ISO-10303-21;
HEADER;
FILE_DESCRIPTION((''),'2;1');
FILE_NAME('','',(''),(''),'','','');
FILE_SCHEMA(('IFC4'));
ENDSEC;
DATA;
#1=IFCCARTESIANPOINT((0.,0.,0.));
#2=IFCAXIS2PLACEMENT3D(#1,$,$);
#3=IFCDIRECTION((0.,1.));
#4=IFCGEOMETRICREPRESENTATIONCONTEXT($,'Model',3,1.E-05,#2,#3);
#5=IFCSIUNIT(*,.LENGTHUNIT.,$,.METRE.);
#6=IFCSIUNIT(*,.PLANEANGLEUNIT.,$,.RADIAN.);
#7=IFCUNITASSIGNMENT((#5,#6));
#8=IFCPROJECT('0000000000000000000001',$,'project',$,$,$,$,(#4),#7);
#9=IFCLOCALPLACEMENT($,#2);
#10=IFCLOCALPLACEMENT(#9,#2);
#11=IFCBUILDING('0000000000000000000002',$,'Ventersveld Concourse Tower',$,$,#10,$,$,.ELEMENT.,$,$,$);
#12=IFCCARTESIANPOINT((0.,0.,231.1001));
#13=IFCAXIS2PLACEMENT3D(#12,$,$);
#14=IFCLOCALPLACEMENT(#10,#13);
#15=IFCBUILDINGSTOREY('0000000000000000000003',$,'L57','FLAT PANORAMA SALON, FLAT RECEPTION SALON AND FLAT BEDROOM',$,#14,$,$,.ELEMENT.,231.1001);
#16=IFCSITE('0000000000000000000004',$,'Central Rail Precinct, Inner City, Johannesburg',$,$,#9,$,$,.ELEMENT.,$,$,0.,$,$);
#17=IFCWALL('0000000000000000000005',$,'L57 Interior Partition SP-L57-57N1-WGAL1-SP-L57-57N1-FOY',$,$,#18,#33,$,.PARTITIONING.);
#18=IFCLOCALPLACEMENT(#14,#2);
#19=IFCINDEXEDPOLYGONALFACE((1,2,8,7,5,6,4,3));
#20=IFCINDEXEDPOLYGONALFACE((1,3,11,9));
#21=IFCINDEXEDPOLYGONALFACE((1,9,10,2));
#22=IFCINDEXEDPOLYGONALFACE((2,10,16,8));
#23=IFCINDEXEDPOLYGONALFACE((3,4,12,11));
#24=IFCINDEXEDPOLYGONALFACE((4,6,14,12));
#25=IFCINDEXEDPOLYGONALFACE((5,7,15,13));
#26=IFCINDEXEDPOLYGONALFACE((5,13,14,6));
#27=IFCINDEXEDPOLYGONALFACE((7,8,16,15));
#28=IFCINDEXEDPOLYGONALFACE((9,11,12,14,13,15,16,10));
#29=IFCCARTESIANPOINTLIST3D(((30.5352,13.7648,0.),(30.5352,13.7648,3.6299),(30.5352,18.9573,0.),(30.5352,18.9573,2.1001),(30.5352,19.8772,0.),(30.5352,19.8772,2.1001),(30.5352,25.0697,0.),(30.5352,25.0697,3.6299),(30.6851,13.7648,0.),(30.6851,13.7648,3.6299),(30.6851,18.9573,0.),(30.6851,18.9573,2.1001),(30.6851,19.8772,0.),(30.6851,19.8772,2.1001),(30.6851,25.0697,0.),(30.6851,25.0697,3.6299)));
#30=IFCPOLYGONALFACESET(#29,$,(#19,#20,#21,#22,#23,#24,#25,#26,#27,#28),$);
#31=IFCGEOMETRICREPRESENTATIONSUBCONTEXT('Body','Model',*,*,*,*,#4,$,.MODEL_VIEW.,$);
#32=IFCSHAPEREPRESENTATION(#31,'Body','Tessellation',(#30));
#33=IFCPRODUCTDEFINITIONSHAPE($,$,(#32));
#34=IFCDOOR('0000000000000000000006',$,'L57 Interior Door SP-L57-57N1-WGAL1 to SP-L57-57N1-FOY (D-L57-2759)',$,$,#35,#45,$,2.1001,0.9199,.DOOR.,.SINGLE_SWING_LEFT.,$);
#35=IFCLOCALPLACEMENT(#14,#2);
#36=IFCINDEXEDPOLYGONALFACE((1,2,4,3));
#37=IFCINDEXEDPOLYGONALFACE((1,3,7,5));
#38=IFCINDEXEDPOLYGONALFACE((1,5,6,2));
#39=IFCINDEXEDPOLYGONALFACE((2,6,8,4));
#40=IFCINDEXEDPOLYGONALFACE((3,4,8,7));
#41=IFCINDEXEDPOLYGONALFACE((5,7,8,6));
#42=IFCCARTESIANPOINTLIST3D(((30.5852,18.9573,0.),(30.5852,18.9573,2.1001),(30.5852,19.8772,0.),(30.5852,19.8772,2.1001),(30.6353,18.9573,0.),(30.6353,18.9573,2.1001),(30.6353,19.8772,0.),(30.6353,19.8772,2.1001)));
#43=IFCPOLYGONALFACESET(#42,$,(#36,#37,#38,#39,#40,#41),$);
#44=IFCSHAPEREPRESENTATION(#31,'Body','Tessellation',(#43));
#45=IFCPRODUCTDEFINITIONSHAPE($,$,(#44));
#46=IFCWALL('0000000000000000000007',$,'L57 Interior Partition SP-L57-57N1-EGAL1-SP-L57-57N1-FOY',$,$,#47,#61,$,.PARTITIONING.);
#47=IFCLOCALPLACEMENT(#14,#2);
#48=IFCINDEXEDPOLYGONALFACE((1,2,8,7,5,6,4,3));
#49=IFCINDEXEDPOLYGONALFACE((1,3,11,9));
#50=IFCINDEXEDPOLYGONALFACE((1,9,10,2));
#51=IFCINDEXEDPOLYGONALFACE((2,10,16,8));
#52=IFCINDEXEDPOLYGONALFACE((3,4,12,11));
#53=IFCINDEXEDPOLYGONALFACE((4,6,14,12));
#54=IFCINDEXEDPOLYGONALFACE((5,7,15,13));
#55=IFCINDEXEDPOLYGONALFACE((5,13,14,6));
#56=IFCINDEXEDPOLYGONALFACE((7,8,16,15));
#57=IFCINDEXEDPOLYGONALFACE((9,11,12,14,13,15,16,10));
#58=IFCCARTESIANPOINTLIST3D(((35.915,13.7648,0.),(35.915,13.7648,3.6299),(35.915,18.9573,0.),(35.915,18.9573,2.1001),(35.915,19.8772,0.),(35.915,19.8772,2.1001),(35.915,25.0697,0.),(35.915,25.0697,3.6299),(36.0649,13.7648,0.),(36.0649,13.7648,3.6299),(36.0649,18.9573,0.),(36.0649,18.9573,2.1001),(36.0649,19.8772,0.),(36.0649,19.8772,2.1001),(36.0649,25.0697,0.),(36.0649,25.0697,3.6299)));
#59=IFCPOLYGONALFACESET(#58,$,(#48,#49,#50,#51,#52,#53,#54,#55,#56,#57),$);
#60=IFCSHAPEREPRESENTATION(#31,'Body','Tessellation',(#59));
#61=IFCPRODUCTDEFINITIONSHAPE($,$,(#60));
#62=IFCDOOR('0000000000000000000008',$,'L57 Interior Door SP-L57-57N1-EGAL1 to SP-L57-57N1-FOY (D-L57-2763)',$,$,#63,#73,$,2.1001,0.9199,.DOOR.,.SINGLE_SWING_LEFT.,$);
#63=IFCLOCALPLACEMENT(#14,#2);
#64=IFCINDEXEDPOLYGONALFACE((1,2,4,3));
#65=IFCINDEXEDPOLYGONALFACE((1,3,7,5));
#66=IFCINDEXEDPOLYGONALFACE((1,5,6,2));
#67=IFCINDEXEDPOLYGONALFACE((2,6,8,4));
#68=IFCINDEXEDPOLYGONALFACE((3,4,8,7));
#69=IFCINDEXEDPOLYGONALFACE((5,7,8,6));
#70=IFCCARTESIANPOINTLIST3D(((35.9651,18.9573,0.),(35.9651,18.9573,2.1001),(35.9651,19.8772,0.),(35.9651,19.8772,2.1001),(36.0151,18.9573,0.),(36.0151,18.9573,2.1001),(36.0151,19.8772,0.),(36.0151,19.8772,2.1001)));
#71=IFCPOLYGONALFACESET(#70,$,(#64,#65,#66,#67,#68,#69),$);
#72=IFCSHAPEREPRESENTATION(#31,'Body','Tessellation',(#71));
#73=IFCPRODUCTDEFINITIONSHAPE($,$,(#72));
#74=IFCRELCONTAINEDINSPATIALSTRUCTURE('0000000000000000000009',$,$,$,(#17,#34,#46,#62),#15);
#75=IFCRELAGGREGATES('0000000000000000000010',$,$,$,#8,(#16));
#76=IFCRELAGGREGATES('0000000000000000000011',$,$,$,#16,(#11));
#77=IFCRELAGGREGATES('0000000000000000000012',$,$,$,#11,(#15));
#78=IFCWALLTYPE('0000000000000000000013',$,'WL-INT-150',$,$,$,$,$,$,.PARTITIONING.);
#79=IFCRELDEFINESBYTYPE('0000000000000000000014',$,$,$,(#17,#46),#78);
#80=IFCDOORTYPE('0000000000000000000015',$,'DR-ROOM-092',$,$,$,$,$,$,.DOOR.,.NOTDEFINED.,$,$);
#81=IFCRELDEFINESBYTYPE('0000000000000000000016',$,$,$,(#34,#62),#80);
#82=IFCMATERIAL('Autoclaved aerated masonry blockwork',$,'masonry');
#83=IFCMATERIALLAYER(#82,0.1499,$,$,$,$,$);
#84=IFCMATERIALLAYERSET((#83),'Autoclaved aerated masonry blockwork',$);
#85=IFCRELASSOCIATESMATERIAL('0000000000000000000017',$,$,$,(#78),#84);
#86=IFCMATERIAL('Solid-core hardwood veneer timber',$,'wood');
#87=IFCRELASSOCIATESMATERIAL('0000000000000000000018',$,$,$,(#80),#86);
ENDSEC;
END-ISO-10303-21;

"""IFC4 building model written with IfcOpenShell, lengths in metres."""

from ifc_helpers import new_model, si_unit, direction, frame, frame_2d, origin, place, context, subcontext, project, spatial, rectangle, extrude, material, layer, layer_set, type_object, element, fill, save


model = new_model("IFC4")

# Units and contexts
model_context = context("Model", 3, precision=1e-05, world=origin(), true_north=direction((0.0, 1.0)))
body_context = subcontext(model_context, "Body", "Model", "MODEL_VIEW")
ifc_project = project(units=[si_unit("LENGTHUNIT", "METRE"), si_unit("PLANEANGLEUNIT", "RADIAN")], contexts=[model_context])

# Site, building, storey
site_placement = place(None, origin())
site = spatial("IfcSite", under=ifc_project, at=site_placement, Name="Central Rail Precinct, Inner City, Johannesburg", CompositionType="ELEMENT", RefElevation=0.0)
building_placement = place(site_placement, origin())
building = spatial("IfcBuilding", under=site, at=building_placement, Name="Ventersveld Concourse Tower", CompositionType="ELEMENT")
storey_placement = place(building_placement, frame((0.0, 0.0, 231.1001)))
storey = spatial("IfcBuildingStorey", under=building, at=storey_placement, Name="L57", Description="FLAT PANORAMA SALON, FLAT RECEPTION SALON AND FLAT BEDROOM", CompositionType="ELEMENT", Elevation=231.1001)

# Walls, openings, doors
ifc_material_1 = material(Name="Solid-core hardwood veneer timber", Category="wood")
ifc_material_2 = material(Name="Autoclaved aerated masonry blockwork", Category="masonry")
ifc_layer_1 = layer(ifc_material_2, 0.1499)
ifc_layer_set_1 = layer_set([ifc_layer_1], Name="Autoclaved aerated masonry blockwork")
wall_type_1 = type_object("IfcWallType", Name="WL-INT-150", PredefinedType="PARTITIONING", material=ifc_layer_set_1)
wall_1_placement = place(storey_placement, frame((30.6101, 13.7649, 0.0), z_axis=(0.0, 0.0, 1.0), x_axis=(0.0, 1.0, 0.0)))
wall_1 = element("IfcWall", 1, at=wall_1_placement, inside=storey, type_object=wall_type_1, Name="L57 Interior Partition SP-L57-57N1-WGAL1-SP-L57-57N1-FOY", PredefinedType="PARTITIONING", context=body_context, shape_type="SweptSolid", body=[
    extrude(rectangle(XDim=11.3049, YDim=0.1499, at=frame_2d((5.6523, 0.0))), origin(), (0.0, 0.0, 1.0), 3.6299),
])
opening_1_placement = place(wall_1_placement, frame((5.1924, 0.0, 0.0)))
opening_1 = element("IfcOpeningElement", 2, at=opening_1_placement, cuts=wall_1, PredefinedType="OPENING", context=body_context, shape_type="SweptSolid", body=[
    extrude(rectangle(XDim=0.9199, YDim=2.1001, at=frame_2d((0.46, 1.05))), frame((0.0, 0.085, 0.0), z_axis=(0.0, -1.0, 0.0), x_axis=(1.0, 0.0, 0.0)), (0.0, 0.0, 1.0), 0.1699),
])
door_type_1 = type_object("IfcDoorType", Name="DR-ROOM-092", OperationType="NOTDEFINED", PredefinedType="DOOR", material=ifc_material_1)
door_1_placement = place(opening_1_placement, origin())
door_1 = element("IfcDoor", 3, at=door_1_placement, inside=storey, type_object=door_type_1, Name="L57 Interior Door SP-L57-57N1-WGAL1 to SP-L57-57N1-FOY (D-L57-2759)", OperationType="SINGLE_SWING_LEFT", OverallHeight=2.1001, OverallWidth=0.9199, PredefinedType="DOOR", context=body_context, shape_type="SweptSolid", body=[
    extrude(rectangle(XDim=0.9199, YDim=2.1001, at=frame_2d((0.46, 1.05))), frame((0.0, 0.0249, 0.0), z_axis=(0.0, -1.0, 0.0), x_axis=(1.0, 0.0, 0.0)), (0.0, 0.0, 1.0), 0.05),
])
fill(opening_1, door_1)
wall_2_placement = place(storey_placement, frame((35.99, 13.7649, 0.0), z_axis=(0.0, 0.0, 1.0), x_axis=(0.0, 1.0, 0.0)))
wall_2 = element("IfcWall", 4, at=wall_2_placement, inside=storey, type_object=wall_type_1, Name="L57 Interior Partition SP-L57-57N1-EGAL1-SP-L57-57N1-FOY", PredefinedType="PARTITIONING", context=body_context, shape_type="SweptSolid", body=[
    extrude(rectangle(XDim=11.3049, YDim=0.1499, at=frame_2d((5.6523, 0.0))), origin(), (0.0, 0.0, 1.0), 3.6299),
])
opening_2_placement = place(wall_2_placement, frame((5.1924, 0.0, 0.0)))
opening_2 = element("IfcOpeningElement", 5, at=opening_2_placement, cuts=wall_2, PredefinedType="OPENING", context=body_context, shape_type="SweptSolid", body=[
    extrude(rectangle(XDim=0.9199, YDim=2.1001, at=frame_2d((0.46, 1.05))), frame((0.0, 0.085, 0.0), z_axis=(0.0, -1.0, 0.0), x_axis=(1.0, 0.0, 0.0)), (0.0, 0.0, 1.0), 0.1699),
])
door_2_placement = place(opening_2_placement, origin())
door_2 = element("IfcDoor", 6, at=door_2_placement, inside=storey, type_object=door_type_1, Name="L57 Interior Door SP-L57-57N1-EGAL1 to SP-L57-57N1-FOY (D-L57-2763)", OperationType="SINGLE_SWING_LEFT", OverallHeight=2.1001, OverallWidth=0.9199, PredefinedType="DOOR", context=body_context, shape_type="SweptSolid", body=[
    extrude(rectangle(XDim=0.9199, YDim=2.1001, at=frame_2d((0.46, 1.05))), frame((0.0, 0.0249, 0.0), z_axis=(0.0, -1.0, 0.0), x_axis=(1.0, 0.0, 0.0)), (0.0, 0.0, 1.0), 0.05),
])
fill(opening_2, door_2)

save(model, "model.ifc")
